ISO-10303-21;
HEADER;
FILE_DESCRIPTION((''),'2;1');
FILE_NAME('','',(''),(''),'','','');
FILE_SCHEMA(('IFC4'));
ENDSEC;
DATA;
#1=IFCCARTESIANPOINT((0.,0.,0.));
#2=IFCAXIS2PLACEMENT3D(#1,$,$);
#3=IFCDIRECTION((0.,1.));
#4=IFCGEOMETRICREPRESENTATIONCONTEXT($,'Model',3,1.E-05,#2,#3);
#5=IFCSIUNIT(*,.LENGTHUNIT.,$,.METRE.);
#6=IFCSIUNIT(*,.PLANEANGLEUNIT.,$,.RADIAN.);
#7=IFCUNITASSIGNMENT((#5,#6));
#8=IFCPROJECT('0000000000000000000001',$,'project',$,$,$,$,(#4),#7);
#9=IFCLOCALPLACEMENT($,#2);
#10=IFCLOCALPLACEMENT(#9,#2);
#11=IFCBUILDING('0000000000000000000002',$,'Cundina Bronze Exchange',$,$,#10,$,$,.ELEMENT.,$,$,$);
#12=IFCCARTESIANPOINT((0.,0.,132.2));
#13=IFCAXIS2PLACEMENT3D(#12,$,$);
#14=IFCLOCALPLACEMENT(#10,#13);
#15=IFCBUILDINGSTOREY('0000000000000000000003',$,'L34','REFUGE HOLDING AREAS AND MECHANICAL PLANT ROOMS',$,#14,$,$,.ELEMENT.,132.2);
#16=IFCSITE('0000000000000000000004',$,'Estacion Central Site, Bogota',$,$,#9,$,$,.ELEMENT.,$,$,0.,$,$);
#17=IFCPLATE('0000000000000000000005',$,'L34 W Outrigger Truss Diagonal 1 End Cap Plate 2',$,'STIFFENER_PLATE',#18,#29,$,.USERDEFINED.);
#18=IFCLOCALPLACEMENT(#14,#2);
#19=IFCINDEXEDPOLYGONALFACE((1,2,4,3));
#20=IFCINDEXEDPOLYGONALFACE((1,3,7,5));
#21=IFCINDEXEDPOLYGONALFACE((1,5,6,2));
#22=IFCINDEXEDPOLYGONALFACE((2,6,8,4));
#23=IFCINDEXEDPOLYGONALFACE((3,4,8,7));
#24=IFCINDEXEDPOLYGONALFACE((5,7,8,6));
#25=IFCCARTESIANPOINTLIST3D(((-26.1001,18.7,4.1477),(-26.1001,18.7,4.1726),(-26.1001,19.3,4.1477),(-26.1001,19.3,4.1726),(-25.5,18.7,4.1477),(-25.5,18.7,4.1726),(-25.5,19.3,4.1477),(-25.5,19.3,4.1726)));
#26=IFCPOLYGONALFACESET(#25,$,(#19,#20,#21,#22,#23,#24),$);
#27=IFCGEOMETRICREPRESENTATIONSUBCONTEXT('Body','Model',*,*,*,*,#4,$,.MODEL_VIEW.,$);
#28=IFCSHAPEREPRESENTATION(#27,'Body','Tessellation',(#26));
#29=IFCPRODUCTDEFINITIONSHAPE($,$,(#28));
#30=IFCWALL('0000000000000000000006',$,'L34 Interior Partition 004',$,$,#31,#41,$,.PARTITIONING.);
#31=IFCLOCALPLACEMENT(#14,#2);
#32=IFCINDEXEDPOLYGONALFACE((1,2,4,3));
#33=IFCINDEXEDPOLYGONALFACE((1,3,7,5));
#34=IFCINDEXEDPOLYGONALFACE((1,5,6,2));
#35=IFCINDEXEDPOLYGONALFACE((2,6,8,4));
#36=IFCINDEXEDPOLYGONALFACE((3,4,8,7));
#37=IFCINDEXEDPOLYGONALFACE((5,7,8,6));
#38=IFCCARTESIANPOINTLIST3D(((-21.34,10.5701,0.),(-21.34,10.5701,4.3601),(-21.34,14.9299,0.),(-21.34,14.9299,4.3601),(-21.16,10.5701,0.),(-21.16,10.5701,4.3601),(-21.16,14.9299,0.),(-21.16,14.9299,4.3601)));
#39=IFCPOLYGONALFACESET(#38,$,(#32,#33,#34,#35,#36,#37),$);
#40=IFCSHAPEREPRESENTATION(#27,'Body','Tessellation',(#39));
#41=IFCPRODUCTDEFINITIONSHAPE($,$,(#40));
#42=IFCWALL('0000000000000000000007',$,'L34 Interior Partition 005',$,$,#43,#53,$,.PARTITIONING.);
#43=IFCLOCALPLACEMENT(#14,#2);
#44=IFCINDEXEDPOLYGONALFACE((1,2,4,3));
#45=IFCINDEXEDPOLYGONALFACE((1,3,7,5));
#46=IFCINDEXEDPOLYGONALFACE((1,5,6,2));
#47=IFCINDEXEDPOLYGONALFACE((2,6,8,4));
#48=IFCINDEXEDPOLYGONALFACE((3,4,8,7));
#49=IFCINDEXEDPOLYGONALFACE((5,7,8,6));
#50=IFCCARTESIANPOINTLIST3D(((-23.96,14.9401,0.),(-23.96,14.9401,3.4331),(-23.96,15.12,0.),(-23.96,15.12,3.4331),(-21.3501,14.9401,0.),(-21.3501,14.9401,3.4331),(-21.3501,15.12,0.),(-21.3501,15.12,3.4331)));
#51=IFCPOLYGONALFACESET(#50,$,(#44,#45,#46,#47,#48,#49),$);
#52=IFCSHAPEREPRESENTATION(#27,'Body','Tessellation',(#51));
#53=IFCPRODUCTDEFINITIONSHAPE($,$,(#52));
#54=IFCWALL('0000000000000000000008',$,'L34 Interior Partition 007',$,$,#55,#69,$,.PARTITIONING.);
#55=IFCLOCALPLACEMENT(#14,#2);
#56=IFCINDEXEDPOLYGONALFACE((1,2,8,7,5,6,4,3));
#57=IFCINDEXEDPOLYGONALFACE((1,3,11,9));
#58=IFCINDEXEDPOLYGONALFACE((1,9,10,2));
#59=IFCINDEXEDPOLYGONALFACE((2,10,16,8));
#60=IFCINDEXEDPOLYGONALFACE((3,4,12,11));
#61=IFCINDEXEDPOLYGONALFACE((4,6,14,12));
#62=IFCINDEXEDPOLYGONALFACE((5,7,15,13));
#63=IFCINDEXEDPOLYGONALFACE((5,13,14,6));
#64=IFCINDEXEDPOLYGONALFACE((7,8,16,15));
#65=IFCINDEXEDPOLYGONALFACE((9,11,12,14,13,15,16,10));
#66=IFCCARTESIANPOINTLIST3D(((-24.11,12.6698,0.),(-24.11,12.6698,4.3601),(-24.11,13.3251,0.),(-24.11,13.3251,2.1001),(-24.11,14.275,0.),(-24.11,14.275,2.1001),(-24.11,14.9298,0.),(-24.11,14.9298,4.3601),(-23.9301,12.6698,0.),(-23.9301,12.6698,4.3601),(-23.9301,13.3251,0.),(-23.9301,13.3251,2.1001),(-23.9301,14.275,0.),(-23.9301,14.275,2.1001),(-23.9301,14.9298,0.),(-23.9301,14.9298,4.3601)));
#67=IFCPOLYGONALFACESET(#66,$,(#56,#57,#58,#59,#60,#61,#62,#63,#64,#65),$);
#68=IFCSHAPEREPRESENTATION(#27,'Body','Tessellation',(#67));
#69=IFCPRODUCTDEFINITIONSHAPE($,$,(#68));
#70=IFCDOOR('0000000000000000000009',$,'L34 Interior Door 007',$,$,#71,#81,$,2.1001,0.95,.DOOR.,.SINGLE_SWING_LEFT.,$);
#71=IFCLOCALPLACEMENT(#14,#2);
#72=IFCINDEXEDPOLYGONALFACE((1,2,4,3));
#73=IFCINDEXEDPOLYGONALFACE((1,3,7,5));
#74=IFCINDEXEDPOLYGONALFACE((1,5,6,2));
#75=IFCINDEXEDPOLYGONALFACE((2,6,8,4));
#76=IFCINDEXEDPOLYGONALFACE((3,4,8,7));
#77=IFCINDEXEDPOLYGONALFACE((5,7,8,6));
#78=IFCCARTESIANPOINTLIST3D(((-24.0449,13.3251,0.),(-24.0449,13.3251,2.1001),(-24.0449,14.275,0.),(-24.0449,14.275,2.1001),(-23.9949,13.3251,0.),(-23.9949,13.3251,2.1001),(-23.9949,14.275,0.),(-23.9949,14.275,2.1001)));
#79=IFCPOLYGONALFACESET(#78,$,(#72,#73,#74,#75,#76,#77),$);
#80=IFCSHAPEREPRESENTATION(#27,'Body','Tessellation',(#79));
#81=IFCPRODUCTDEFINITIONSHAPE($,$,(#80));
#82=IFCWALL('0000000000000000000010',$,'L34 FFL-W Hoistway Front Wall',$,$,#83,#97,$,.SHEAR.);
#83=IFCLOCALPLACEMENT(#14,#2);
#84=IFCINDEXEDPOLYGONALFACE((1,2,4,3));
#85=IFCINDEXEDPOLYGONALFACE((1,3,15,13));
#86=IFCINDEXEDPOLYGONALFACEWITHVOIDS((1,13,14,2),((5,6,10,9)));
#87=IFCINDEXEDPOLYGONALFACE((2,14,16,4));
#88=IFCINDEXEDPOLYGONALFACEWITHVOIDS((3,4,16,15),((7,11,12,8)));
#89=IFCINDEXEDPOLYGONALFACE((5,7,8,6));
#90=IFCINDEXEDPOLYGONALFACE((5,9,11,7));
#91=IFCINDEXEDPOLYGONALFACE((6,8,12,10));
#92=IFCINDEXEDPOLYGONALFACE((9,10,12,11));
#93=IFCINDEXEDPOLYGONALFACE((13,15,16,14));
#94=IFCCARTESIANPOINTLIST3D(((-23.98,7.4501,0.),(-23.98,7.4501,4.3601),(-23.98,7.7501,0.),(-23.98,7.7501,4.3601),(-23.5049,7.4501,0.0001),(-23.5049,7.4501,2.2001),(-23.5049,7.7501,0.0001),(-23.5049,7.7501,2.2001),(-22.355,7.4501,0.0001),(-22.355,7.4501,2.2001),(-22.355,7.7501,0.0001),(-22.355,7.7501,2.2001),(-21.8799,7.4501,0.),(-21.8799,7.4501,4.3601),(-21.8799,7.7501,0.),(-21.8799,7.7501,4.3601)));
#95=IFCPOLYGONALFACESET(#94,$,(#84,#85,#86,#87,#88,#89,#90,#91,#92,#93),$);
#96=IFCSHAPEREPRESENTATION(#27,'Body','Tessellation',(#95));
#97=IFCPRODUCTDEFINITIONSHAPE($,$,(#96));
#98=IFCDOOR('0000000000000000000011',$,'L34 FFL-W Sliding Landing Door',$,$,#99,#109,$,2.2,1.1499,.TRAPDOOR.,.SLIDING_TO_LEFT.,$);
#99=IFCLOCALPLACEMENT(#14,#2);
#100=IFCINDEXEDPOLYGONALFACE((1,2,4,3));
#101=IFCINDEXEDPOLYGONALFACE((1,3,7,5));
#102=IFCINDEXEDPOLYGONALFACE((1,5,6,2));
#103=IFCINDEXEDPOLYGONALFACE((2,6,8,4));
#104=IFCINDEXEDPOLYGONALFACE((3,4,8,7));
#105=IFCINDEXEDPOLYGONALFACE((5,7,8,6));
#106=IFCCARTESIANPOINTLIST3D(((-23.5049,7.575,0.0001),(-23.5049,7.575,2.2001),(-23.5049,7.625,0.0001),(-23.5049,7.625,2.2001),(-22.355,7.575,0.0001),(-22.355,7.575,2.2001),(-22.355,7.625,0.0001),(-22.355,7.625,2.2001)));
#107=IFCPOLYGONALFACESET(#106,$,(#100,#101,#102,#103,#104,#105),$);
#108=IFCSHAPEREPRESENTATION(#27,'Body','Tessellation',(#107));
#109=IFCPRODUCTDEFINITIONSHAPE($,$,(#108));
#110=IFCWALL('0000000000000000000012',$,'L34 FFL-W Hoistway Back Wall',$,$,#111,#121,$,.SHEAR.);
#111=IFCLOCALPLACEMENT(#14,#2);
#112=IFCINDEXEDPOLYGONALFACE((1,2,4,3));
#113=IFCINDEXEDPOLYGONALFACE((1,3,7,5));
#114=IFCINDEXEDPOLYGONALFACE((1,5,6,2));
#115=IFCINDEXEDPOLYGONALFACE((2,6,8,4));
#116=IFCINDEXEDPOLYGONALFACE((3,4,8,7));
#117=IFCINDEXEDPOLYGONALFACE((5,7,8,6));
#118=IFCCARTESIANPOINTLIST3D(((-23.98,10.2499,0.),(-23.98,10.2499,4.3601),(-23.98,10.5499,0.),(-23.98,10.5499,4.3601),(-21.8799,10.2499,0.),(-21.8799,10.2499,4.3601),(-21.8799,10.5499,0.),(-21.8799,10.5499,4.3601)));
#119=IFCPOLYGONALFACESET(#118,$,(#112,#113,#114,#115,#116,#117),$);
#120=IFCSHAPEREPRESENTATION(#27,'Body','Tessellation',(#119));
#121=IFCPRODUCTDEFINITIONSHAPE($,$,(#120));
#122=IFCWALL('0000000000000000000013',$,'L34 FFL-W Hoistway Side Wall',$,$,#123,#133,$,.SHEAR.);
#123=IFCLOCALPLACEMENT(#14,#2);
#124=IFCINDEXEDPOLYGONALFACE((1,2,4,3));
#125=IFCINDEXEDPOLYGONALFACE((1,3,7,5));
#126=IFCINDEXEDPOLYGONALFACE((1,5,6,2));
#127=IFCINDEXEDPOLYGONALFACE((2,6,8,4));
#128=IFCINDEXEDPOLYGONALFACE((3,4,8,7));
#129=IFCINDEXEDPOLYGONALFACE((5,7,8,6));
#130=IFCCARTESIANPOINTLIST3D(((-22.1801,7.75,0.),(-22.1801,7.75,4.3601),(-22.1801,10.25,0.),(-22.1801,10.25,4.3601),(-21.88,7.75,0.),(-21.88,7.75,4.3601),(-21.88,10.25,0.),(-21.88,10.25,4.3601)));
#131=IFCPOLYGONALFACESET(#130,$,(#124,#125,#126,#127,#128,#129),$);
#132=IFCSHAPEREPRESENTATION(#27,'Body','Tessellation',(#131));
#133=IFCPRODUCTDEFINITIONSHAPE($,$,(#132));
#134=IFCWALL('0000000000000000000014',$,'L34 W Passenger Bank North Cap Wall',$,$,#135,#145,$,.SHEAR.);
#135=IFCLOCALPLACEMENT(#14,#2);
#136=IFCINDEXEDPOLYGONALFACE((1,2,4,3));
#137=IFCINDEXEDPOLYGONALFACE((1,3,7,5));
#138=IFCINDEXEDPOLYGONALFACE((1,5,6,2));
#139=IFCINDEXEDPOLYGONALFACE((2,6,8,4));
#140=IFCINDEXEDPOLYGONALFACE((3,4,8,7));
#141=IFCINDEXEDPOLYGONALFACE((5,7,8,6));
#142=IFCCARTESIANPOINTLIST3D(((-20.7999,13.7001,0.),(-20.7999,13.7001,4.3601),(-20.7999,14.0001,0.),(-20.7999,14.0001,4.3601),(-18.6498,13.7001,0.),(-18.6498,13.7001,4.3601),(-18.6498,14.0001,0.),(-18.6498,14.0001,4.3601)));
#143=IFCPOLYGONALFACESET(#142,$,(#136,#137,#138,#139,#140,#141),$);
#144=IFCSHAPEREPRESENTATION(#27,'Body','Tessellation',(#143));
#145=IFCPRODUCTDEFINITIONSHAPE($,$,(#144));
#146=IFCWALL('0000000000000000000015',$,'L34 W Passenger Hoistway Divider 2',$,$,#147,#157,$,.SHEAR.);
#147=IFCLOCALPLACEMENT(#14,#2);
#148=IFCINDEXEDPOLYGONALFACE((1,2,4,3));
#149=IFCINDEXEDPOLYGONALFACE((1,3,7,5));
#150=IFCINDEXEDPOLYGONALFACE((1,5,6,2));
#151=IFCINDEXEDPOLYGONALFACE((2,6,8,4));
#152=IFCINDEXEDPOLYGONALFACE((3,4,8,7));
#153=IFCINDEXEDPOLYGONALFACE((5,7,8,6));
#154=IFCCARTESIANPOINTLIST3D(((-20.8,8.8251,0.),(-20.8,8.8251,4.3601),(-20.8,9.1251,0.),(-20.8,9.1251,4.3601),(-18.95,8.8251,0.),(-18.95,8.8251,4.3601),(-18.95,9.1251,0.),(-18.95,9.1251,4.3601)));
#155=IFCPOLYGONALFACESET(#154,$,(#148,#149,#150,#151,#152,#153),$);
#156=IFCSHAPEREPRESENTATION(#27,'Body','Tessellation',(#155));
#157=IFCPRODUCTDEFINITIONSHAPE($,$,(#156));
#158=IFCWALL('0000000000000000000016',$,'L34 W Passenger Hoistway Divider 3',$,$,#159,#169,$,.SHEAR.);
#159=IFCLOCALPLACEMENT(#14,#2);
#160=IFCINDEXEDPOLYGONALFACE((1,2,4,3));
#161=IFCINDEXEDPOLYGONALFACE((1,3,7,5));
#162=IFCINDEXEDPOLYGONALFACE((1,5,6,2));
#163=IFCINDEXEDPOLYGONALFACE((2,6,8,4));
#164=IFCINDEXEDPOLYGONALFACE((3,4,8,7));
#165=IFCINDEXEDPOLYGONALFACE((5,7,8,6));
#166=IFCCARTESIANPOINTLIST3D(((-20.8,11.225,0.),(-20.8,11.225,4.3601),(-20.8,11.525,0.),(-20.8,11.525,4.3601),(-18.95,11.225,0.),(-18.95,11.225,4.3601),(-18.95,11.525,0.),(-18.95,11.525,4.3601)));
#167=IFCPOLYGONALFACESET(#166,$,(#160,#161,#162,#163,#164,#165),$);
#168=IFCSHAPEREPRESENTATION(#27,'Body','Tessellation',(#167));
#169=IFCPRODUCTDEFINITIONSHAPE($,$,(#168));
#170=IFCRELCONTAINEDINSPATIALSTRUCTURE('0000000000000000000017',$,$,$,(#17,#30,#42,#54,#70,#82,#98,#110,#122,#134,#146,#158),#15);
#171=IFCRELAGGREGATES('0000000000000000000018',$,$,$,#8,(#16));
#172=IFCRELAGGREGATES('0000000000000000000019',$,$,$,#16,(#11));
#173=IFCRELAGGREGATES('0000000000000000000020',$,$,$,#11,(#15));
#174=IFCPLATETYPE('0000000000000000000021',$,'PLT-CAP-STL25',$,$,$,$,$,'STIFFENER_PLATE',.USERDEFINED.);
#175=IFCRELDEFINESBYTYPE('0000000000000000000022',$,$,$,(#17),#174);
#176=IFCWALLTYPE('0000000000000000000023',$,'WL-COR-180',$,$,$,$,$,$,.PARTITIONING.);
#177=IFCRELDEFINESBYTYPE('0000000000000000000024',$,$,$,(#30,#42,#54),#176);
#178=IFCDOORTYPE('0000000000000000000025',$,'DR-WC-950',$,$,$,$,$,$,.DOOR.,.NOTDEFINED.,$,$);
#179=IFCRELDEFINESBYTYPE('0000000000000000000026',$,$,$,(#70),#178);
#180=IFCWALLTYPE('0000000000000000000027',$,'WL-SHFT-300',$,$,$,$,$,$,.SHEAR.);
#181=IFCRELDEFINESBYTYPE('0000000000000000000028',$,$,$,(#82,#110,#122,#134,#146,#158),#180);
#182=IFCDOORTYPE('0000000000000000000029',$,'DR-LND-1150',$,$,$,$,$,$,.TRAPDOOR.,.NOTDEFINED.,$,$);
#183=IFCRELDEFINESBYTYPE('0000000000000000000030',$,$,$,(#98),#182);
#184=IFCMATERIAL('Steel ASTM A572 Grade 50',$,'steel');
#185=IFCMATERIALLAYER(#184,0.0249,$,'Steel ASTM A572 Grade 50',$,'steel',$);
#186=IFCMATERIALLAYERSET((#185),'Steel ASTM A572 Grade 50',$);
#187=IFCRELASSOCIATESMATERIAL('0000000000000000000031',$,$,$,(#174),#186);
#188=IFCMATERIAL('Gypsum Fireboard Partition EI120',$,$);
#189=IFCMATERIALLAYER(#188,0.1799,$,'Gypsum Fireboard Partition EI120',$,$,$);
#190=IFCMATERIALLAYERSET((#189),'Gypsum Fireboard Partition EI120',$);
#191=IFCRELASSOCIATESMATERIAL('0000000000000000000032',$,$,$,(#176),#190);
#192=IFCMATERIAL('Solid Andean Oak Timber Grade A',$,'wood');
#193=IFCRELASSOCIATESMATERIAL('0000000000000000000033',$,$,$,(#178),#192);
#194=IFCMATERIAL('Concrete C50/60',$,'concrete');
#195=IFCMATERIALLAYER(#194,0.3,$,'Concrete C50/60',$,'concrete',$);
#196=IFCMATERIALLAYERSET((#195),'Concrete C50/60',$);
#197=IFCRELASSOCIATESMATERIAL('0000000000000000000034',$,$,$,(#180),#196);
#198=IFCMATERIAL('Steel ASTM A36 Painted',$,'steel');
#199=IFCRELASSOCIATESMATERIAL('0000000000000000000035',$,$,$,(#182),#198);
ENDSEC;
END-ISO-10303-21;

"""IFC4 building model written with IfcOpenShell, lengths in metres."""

from ifc_helpers import new_model, si_unit, direction, frame, frame_2d, origin, origin_2d, place, context, subcontext, project, spatial, rectangle, extrude, material, layer, layer_set, type_object, element, fill, save


model = new_model("IFC4")

# Units and contexts
model_context = context("Model", 3, precision=1e-05, world=origin(), true_north=direction((0.0, 1.0)))
body_context = subcontext(model_context, "Body", "Model", "MODEL_VIEW")
ifc_project = project(units=[si_unit("LENGTHUNIT", "METRE"), si_unit("PLANEANGLEUNIT", "RADIAN")], contexts=[model_context])

# Site, building, storey
site_placement = place(None, origin())
site = spatial("IfcSite", under=ifc_project, at=site_placement, Name="Estacion Central Site, Bogota", CompositionType="ELEMENT", RefElevation=0.0)
building_placement = place(site_placement, origin())
building = spatial("IfcBuilding", under=site, at=building_placement, Name="Cundina Bronze Exchange", CompositionType="ELEMENT")
storey_placement = place(building_placement, frame((0.0, 0.0, 132.2)))
storey = spatial("IfcBuildingStorey", under=building, at=storey_placement, Name="L34", Description="REFUGE HOLDING AREAS AND MECHANICAL PLANT ROOMS", CompositionType="ELEMENT", Elevation=132.2)

# Plate
ifc_material_1 = material(Name="Steel ASTM A572 Grade 50", Category="steel")
ifc_layer_1 = layer(ifc_material_1, 0.0249, Name="Steel ASTM A572 Grade 50", Category="steel")
ifc_layer_set_1 = layer_set([ifc_layer_1], Name="Steel ASTM A572 Grade 50")
plate_type = type_object("IfcPlateType", Name="PLT-CAP-STL25", ElementType="STIFFENER_PLATE", PredefinedType="USERDEFINED", material=ifc_layer_set_1)
plate_placement = place(storey_placement, frame((-25.8, 19.0, 4.1477), z_axis=(0.0, 0.0, 1.0), x_axis=(1.0, 0.0, 0.0)))
element("IfcPlate", 1, at=plate_placement, inside=storey, type_object=plate_type, Name="L34 W Outrigger Truss Diagonal 1 End Cap Plate 2", ObjectType="STIFFENER_PLATE", PredefinedType="USERDEFINED", context=body_context, shape_type="SweptSolid", body=[
    extrude(rectangle(XDim=0.6001, YDim=0.6001, at=origin_2d()), origin(), (0.0, 0.0, 1.0), 0.0249),
])

# Walls
ifc_material_2 = material(Name="Gypsum Fireboard Partition EI120")
ifc_layer_2 = layer(ifc_material_2, 0.1799, Name="Gypsum Fireboard Partition EI120")
ifc_layer_set_2 = layer_set([ifc_layer_2], Name="Gypsum Fireboard Partition EI120")
wall_type_1 = type_object("IfcWallType", Name="WL-COR-180", PredefinedType="PARTITIONING", material=ifc_layer_set_2)
wall_1_placement = place(storey_placement, frame((-21.25, 10.5701, 0.0), z_axis=(0.0, 0.0, 1.0), x_axis=(0.0, 1.0, 0.0)))
element("IfcWall", 2, at=wall_1_placement, inside=storey, type_object=wall_type_1, Name="L34 Interior Partition 004", PredefinedType="PARTITIONING", context=body_context, shape_type="SweptSolid", body=[
    extrude(rectangle(XDim=4.3599, YDim=0.1799, at=frame_2d((2.1799, 0.0))), origin(), (0.0, 0.0, 1.0), 4.3601),
])
wall_2_placement = place(storey_placement, frame((-23.96, 15.03, 0.0), z_axis=(0.0, 0.0, 1.0), x_axis=(1.0, 0.0, 0.0)))
element("IfcWall", 3, at=wall_2_placement, inside=storey, type_object=wall_type_1, Name="L34 Interior Partition 005", PredefinedType="PARTITIONING", context=body_context, shape_type="SweptSolid", body=[
    extrude(rectangle(XDim=2.6099, YDim=0.1799, at=frame_2d((1.3049, 0.0))), origin(), (0.0, 0.0, 1.0), 3.4331),
])

# Walls, openings, doors
wall_3_placement = place(storey_placement, frame((-24.02, 12.6699, 0.0), z_axis=(0.0, 0.0, 1.0), x_axis=(0.0, 1.0, 0.0)))
wall_3 = element("IfcWall", 4, at=wall_3_placement, inside=storey, type_object=wall_type_1, Name="L34 Interior Partition 007", PredefinedType="PARTITIONING", context=body_context, shape_type="SweptSolid", body=[
    extrude(rectangle(XDim=2.26, YDim=0.1799, at=frame_2d((1.1299, 0.0))), origin(), (0.0, 0.0, 1.0), 4.3601),
])
opening_1_placement = place(wall_3_placement, frame((0.655, 0.0, 0.0)))
opening_1 = element("IfcOpeningElement", 5, at=opening_1_placement, cuts=wall_3, PredefinedType="OPENING", context=body_context, shape_type="SweptSolid", body=[
    extrude(rectangle(XDim=0.95, YDim=2.1001, at=frame_2d((0.4751, 1.05))), frame((0.0, 0.0999, 0.0), z_axis=(0.0, -1.0, 0.0), x_axis=(1.0, 0.0, 0.0)), (0.0, 0.0, 1.0), 0.2),
])
ifc_material_3 = material(Name="Solid Andean Oak Timber Grade A", Category="wood")
door_type_1 = type_object("IfcDoorType", Name="DR-WC-950", OperationType="NOTDEFINED", PredefinedType="DOOR", material=ifc_material_3)
door_1_placement = place(opening_1_placement, origin())
door_1 = element("IfcDoor", 6, at=door_1_placement, inside=storey, type_object=door_type_1, Name="L34 Interior Door 007", OperationType="SINGLE_SWING_LEFT", OverallHeight=2.1001, OverallWidth=0.95, PredefinedType="DOOR", context=body_context, shape_type="SweptSolid", body=[
    extrude(rectangle(XDim=0.95, YDim=2.1001, at=frame_2d((0.4751, 1.05))), frame((0.0, 0.0249, 0.0), z_axis=(0.0, -1.0, 0.0), x_axis=(1.0, 0.0, 0.0)), (0.0, 0.0, 1.0), 0.05),
])
fill(opening_1, door_1)
ifc_material_4 = material(Name="Concrete C50/60", Category="concrete")
ifc_layer_3 = layer(ifc_material_4, 0.3, Name="Concrete C50/60", Category="concrete")
ifc_layer_set_3 = layer_set([ifc_layer_3], Name="Concrete C50/60")
wall_type_2 = type_object("IfcWallType", Name="WL-SHFT-300", PredefinedType="SHEAR", material=ifc_layer_set_3)
wall_4_placement = place(storey_placement, frame((-23.98, 7.6001, 0.0), z_axis=(0.0, 0.0, 1.0), x_axis=(1.0, 0.0, 0.0)))
wall_4 = element("IfcWall", 7, at=wall_4_placement, inside=storey, type_object=wall_type_2, Name="L34 FFL-W Hoistway Front Wall", PredefinedType="SHEAR", context=body_context, shape_type="SweptSolid", body=[
    extrude(rectangle(XDim=2.1001, YDim=0.3, at=frame_2d((1.05, 0.0))), origin(), (0.0, 0.0, 1.0), 4.3601),
])
opening_2_placement = place(wall_4_placement, frame((0.4751, 0.0, 0.0)))
opening_2 = element("IfcOpeningElement", 8, at=opening_2_placement, cuts=wall_4, PredefinedType="OPENING", context=body_context, shape_type="SweptSolid", body=[
    extrude(rectangle(XDim=1.1499, YDim=2.2, at=frame_2d((0.575, 1.1001))), frame((0.0, 0.1599, 0.0), z_axis=(0.0, -1.0, 0.0), x_axis=(1.0, 0.0, 0.0)), (0.0, 0.0, 1.0), 0.3201),
])
ifc_material_5 = material(Name="Steel ASTM A36 Painted", Category="steel")
door_type_2 = type_object("IfcDoorType", Name="DR-LND-1150", OperationType="NOTDEFINED", PredefinedType="TRAPDOOR", material=ifc_material_5)
door_2_placement = place(opening_2_placement, origin())
door_2 = element("IfcDoor", 9, at=door_2_placement, inside=storey, type_object=door_type_2, Name="L34 FFL-W Sliding Landing Door", OperationType="SLIDING_TO_LEFT", OverallHeight=2.2, OverallWidth=1.1499, PredefinedType="TRAPDOOR", context=body_context, shape_type="SweptSolid", body=[
    extrude(rectangle(XDim=1.1499, YDim=2.2, at=frame_2d((0.575, 1.1001))), frame((0.0, 0.0249, 0.0), z_axis=(0.0, -1.0, 0.0), x_axis=(1.0, 0.0, 0.0)), (0.0, 0.0, 1.0), 0.05),
])
fill(opening_2, door_2)

# Walls
wall_5_placement = place(storey_placement, frame((-23.98, 10.3999, 0.0), z_axis=(0.0, 0.0, 1.0), x_axis=(1.0, 0.0, 0.0)))
element("IfcWall", 10, at=wall_5_placement, inside=storey, type_object=wall_type_2, Name="L34 FFL-W Hoistway Back Wall", PredefinedType="SHEAR", context=body_context, shape_type="SweptSolid", body=[
    extrude(rectangle(XDim=2.1001, YDim=0.3, at=frame_2d((1.05, 0.0))), origin(), (0.0, 0.0, 1.0), 4.3601),
])
wall_6_placement = place(storey_placement, frame((-22.03, 7.75, 0.0), z_axis=(0.0, 0.0, 1.0), x_axis=(0.0, 1.0, 0.0)))
element("IfcWall", 11, at=wall_6_placement, inside=storey, type_object=wall_type_2, Name="L34 FFL-W Hoistway Side Wall", PredefinedType="SHEAR", context=body_context, shape_type="SweptSolid", body=[
    extrude(rectangle(XDim=2.5, YDim=0.3, at=frame_2d((1.25, 0.0))), origin(), (0.0, 0.0, 1.0), 4.3601),
])
wall_7_placement = place(storey_placement, frame((-20.8, 13.8501, 0.0), z_axis=(0.0, 0.0, 1.0), x_axis=(1.0, 0.0, 0.0)))
element("IfcWall", 12, at=wall_7_placement, inside=storey, type_object=wall_type_2, Name="L34 W Passenger Bank North Cap Wall", PredefinedType="SHEAR", context=body_context, shape_type="SweptSolid", body=[
    extrude(rectangle(XDim=2.1501, YDim=0.3, at=frame_2d((1.0752, 0.0))), origin(), (0.0, 0.0, 1.0), 4.3601),
])
for number, where, z_axis, x_axis, name in (
    (13, (-20.8, 8.9751, 0.0), (0.0, 0.0, 1.0), (1.0, 0.0, 0.0), "L34 W Passenger Hoistway Divider 2"),
    (14, (-20.8, 11.375, 0.0), (0.0, 0.0, 1.0), (1.0, 0.0, 0.0), "L34 W Passenger Hoistway Divider 3"),
):
    element("IfcWall", number, at=place(storey_placement, frame(where, z_axis=z_axis, x_axis=x_axis)), inside=storey, type_object=wall_type_2, Name=name, PredefinedType="SHEAR", context=body_context, shape_type="SweptSolid", body=[
        extrude(rectangle(XDim=1.8501, YDim=0.3, at=frame_2d((0.925, 0.0))), origin(), (0.0, 0.0, 1.0), 4.3601),
    ])

save(model, "model.ifc")
